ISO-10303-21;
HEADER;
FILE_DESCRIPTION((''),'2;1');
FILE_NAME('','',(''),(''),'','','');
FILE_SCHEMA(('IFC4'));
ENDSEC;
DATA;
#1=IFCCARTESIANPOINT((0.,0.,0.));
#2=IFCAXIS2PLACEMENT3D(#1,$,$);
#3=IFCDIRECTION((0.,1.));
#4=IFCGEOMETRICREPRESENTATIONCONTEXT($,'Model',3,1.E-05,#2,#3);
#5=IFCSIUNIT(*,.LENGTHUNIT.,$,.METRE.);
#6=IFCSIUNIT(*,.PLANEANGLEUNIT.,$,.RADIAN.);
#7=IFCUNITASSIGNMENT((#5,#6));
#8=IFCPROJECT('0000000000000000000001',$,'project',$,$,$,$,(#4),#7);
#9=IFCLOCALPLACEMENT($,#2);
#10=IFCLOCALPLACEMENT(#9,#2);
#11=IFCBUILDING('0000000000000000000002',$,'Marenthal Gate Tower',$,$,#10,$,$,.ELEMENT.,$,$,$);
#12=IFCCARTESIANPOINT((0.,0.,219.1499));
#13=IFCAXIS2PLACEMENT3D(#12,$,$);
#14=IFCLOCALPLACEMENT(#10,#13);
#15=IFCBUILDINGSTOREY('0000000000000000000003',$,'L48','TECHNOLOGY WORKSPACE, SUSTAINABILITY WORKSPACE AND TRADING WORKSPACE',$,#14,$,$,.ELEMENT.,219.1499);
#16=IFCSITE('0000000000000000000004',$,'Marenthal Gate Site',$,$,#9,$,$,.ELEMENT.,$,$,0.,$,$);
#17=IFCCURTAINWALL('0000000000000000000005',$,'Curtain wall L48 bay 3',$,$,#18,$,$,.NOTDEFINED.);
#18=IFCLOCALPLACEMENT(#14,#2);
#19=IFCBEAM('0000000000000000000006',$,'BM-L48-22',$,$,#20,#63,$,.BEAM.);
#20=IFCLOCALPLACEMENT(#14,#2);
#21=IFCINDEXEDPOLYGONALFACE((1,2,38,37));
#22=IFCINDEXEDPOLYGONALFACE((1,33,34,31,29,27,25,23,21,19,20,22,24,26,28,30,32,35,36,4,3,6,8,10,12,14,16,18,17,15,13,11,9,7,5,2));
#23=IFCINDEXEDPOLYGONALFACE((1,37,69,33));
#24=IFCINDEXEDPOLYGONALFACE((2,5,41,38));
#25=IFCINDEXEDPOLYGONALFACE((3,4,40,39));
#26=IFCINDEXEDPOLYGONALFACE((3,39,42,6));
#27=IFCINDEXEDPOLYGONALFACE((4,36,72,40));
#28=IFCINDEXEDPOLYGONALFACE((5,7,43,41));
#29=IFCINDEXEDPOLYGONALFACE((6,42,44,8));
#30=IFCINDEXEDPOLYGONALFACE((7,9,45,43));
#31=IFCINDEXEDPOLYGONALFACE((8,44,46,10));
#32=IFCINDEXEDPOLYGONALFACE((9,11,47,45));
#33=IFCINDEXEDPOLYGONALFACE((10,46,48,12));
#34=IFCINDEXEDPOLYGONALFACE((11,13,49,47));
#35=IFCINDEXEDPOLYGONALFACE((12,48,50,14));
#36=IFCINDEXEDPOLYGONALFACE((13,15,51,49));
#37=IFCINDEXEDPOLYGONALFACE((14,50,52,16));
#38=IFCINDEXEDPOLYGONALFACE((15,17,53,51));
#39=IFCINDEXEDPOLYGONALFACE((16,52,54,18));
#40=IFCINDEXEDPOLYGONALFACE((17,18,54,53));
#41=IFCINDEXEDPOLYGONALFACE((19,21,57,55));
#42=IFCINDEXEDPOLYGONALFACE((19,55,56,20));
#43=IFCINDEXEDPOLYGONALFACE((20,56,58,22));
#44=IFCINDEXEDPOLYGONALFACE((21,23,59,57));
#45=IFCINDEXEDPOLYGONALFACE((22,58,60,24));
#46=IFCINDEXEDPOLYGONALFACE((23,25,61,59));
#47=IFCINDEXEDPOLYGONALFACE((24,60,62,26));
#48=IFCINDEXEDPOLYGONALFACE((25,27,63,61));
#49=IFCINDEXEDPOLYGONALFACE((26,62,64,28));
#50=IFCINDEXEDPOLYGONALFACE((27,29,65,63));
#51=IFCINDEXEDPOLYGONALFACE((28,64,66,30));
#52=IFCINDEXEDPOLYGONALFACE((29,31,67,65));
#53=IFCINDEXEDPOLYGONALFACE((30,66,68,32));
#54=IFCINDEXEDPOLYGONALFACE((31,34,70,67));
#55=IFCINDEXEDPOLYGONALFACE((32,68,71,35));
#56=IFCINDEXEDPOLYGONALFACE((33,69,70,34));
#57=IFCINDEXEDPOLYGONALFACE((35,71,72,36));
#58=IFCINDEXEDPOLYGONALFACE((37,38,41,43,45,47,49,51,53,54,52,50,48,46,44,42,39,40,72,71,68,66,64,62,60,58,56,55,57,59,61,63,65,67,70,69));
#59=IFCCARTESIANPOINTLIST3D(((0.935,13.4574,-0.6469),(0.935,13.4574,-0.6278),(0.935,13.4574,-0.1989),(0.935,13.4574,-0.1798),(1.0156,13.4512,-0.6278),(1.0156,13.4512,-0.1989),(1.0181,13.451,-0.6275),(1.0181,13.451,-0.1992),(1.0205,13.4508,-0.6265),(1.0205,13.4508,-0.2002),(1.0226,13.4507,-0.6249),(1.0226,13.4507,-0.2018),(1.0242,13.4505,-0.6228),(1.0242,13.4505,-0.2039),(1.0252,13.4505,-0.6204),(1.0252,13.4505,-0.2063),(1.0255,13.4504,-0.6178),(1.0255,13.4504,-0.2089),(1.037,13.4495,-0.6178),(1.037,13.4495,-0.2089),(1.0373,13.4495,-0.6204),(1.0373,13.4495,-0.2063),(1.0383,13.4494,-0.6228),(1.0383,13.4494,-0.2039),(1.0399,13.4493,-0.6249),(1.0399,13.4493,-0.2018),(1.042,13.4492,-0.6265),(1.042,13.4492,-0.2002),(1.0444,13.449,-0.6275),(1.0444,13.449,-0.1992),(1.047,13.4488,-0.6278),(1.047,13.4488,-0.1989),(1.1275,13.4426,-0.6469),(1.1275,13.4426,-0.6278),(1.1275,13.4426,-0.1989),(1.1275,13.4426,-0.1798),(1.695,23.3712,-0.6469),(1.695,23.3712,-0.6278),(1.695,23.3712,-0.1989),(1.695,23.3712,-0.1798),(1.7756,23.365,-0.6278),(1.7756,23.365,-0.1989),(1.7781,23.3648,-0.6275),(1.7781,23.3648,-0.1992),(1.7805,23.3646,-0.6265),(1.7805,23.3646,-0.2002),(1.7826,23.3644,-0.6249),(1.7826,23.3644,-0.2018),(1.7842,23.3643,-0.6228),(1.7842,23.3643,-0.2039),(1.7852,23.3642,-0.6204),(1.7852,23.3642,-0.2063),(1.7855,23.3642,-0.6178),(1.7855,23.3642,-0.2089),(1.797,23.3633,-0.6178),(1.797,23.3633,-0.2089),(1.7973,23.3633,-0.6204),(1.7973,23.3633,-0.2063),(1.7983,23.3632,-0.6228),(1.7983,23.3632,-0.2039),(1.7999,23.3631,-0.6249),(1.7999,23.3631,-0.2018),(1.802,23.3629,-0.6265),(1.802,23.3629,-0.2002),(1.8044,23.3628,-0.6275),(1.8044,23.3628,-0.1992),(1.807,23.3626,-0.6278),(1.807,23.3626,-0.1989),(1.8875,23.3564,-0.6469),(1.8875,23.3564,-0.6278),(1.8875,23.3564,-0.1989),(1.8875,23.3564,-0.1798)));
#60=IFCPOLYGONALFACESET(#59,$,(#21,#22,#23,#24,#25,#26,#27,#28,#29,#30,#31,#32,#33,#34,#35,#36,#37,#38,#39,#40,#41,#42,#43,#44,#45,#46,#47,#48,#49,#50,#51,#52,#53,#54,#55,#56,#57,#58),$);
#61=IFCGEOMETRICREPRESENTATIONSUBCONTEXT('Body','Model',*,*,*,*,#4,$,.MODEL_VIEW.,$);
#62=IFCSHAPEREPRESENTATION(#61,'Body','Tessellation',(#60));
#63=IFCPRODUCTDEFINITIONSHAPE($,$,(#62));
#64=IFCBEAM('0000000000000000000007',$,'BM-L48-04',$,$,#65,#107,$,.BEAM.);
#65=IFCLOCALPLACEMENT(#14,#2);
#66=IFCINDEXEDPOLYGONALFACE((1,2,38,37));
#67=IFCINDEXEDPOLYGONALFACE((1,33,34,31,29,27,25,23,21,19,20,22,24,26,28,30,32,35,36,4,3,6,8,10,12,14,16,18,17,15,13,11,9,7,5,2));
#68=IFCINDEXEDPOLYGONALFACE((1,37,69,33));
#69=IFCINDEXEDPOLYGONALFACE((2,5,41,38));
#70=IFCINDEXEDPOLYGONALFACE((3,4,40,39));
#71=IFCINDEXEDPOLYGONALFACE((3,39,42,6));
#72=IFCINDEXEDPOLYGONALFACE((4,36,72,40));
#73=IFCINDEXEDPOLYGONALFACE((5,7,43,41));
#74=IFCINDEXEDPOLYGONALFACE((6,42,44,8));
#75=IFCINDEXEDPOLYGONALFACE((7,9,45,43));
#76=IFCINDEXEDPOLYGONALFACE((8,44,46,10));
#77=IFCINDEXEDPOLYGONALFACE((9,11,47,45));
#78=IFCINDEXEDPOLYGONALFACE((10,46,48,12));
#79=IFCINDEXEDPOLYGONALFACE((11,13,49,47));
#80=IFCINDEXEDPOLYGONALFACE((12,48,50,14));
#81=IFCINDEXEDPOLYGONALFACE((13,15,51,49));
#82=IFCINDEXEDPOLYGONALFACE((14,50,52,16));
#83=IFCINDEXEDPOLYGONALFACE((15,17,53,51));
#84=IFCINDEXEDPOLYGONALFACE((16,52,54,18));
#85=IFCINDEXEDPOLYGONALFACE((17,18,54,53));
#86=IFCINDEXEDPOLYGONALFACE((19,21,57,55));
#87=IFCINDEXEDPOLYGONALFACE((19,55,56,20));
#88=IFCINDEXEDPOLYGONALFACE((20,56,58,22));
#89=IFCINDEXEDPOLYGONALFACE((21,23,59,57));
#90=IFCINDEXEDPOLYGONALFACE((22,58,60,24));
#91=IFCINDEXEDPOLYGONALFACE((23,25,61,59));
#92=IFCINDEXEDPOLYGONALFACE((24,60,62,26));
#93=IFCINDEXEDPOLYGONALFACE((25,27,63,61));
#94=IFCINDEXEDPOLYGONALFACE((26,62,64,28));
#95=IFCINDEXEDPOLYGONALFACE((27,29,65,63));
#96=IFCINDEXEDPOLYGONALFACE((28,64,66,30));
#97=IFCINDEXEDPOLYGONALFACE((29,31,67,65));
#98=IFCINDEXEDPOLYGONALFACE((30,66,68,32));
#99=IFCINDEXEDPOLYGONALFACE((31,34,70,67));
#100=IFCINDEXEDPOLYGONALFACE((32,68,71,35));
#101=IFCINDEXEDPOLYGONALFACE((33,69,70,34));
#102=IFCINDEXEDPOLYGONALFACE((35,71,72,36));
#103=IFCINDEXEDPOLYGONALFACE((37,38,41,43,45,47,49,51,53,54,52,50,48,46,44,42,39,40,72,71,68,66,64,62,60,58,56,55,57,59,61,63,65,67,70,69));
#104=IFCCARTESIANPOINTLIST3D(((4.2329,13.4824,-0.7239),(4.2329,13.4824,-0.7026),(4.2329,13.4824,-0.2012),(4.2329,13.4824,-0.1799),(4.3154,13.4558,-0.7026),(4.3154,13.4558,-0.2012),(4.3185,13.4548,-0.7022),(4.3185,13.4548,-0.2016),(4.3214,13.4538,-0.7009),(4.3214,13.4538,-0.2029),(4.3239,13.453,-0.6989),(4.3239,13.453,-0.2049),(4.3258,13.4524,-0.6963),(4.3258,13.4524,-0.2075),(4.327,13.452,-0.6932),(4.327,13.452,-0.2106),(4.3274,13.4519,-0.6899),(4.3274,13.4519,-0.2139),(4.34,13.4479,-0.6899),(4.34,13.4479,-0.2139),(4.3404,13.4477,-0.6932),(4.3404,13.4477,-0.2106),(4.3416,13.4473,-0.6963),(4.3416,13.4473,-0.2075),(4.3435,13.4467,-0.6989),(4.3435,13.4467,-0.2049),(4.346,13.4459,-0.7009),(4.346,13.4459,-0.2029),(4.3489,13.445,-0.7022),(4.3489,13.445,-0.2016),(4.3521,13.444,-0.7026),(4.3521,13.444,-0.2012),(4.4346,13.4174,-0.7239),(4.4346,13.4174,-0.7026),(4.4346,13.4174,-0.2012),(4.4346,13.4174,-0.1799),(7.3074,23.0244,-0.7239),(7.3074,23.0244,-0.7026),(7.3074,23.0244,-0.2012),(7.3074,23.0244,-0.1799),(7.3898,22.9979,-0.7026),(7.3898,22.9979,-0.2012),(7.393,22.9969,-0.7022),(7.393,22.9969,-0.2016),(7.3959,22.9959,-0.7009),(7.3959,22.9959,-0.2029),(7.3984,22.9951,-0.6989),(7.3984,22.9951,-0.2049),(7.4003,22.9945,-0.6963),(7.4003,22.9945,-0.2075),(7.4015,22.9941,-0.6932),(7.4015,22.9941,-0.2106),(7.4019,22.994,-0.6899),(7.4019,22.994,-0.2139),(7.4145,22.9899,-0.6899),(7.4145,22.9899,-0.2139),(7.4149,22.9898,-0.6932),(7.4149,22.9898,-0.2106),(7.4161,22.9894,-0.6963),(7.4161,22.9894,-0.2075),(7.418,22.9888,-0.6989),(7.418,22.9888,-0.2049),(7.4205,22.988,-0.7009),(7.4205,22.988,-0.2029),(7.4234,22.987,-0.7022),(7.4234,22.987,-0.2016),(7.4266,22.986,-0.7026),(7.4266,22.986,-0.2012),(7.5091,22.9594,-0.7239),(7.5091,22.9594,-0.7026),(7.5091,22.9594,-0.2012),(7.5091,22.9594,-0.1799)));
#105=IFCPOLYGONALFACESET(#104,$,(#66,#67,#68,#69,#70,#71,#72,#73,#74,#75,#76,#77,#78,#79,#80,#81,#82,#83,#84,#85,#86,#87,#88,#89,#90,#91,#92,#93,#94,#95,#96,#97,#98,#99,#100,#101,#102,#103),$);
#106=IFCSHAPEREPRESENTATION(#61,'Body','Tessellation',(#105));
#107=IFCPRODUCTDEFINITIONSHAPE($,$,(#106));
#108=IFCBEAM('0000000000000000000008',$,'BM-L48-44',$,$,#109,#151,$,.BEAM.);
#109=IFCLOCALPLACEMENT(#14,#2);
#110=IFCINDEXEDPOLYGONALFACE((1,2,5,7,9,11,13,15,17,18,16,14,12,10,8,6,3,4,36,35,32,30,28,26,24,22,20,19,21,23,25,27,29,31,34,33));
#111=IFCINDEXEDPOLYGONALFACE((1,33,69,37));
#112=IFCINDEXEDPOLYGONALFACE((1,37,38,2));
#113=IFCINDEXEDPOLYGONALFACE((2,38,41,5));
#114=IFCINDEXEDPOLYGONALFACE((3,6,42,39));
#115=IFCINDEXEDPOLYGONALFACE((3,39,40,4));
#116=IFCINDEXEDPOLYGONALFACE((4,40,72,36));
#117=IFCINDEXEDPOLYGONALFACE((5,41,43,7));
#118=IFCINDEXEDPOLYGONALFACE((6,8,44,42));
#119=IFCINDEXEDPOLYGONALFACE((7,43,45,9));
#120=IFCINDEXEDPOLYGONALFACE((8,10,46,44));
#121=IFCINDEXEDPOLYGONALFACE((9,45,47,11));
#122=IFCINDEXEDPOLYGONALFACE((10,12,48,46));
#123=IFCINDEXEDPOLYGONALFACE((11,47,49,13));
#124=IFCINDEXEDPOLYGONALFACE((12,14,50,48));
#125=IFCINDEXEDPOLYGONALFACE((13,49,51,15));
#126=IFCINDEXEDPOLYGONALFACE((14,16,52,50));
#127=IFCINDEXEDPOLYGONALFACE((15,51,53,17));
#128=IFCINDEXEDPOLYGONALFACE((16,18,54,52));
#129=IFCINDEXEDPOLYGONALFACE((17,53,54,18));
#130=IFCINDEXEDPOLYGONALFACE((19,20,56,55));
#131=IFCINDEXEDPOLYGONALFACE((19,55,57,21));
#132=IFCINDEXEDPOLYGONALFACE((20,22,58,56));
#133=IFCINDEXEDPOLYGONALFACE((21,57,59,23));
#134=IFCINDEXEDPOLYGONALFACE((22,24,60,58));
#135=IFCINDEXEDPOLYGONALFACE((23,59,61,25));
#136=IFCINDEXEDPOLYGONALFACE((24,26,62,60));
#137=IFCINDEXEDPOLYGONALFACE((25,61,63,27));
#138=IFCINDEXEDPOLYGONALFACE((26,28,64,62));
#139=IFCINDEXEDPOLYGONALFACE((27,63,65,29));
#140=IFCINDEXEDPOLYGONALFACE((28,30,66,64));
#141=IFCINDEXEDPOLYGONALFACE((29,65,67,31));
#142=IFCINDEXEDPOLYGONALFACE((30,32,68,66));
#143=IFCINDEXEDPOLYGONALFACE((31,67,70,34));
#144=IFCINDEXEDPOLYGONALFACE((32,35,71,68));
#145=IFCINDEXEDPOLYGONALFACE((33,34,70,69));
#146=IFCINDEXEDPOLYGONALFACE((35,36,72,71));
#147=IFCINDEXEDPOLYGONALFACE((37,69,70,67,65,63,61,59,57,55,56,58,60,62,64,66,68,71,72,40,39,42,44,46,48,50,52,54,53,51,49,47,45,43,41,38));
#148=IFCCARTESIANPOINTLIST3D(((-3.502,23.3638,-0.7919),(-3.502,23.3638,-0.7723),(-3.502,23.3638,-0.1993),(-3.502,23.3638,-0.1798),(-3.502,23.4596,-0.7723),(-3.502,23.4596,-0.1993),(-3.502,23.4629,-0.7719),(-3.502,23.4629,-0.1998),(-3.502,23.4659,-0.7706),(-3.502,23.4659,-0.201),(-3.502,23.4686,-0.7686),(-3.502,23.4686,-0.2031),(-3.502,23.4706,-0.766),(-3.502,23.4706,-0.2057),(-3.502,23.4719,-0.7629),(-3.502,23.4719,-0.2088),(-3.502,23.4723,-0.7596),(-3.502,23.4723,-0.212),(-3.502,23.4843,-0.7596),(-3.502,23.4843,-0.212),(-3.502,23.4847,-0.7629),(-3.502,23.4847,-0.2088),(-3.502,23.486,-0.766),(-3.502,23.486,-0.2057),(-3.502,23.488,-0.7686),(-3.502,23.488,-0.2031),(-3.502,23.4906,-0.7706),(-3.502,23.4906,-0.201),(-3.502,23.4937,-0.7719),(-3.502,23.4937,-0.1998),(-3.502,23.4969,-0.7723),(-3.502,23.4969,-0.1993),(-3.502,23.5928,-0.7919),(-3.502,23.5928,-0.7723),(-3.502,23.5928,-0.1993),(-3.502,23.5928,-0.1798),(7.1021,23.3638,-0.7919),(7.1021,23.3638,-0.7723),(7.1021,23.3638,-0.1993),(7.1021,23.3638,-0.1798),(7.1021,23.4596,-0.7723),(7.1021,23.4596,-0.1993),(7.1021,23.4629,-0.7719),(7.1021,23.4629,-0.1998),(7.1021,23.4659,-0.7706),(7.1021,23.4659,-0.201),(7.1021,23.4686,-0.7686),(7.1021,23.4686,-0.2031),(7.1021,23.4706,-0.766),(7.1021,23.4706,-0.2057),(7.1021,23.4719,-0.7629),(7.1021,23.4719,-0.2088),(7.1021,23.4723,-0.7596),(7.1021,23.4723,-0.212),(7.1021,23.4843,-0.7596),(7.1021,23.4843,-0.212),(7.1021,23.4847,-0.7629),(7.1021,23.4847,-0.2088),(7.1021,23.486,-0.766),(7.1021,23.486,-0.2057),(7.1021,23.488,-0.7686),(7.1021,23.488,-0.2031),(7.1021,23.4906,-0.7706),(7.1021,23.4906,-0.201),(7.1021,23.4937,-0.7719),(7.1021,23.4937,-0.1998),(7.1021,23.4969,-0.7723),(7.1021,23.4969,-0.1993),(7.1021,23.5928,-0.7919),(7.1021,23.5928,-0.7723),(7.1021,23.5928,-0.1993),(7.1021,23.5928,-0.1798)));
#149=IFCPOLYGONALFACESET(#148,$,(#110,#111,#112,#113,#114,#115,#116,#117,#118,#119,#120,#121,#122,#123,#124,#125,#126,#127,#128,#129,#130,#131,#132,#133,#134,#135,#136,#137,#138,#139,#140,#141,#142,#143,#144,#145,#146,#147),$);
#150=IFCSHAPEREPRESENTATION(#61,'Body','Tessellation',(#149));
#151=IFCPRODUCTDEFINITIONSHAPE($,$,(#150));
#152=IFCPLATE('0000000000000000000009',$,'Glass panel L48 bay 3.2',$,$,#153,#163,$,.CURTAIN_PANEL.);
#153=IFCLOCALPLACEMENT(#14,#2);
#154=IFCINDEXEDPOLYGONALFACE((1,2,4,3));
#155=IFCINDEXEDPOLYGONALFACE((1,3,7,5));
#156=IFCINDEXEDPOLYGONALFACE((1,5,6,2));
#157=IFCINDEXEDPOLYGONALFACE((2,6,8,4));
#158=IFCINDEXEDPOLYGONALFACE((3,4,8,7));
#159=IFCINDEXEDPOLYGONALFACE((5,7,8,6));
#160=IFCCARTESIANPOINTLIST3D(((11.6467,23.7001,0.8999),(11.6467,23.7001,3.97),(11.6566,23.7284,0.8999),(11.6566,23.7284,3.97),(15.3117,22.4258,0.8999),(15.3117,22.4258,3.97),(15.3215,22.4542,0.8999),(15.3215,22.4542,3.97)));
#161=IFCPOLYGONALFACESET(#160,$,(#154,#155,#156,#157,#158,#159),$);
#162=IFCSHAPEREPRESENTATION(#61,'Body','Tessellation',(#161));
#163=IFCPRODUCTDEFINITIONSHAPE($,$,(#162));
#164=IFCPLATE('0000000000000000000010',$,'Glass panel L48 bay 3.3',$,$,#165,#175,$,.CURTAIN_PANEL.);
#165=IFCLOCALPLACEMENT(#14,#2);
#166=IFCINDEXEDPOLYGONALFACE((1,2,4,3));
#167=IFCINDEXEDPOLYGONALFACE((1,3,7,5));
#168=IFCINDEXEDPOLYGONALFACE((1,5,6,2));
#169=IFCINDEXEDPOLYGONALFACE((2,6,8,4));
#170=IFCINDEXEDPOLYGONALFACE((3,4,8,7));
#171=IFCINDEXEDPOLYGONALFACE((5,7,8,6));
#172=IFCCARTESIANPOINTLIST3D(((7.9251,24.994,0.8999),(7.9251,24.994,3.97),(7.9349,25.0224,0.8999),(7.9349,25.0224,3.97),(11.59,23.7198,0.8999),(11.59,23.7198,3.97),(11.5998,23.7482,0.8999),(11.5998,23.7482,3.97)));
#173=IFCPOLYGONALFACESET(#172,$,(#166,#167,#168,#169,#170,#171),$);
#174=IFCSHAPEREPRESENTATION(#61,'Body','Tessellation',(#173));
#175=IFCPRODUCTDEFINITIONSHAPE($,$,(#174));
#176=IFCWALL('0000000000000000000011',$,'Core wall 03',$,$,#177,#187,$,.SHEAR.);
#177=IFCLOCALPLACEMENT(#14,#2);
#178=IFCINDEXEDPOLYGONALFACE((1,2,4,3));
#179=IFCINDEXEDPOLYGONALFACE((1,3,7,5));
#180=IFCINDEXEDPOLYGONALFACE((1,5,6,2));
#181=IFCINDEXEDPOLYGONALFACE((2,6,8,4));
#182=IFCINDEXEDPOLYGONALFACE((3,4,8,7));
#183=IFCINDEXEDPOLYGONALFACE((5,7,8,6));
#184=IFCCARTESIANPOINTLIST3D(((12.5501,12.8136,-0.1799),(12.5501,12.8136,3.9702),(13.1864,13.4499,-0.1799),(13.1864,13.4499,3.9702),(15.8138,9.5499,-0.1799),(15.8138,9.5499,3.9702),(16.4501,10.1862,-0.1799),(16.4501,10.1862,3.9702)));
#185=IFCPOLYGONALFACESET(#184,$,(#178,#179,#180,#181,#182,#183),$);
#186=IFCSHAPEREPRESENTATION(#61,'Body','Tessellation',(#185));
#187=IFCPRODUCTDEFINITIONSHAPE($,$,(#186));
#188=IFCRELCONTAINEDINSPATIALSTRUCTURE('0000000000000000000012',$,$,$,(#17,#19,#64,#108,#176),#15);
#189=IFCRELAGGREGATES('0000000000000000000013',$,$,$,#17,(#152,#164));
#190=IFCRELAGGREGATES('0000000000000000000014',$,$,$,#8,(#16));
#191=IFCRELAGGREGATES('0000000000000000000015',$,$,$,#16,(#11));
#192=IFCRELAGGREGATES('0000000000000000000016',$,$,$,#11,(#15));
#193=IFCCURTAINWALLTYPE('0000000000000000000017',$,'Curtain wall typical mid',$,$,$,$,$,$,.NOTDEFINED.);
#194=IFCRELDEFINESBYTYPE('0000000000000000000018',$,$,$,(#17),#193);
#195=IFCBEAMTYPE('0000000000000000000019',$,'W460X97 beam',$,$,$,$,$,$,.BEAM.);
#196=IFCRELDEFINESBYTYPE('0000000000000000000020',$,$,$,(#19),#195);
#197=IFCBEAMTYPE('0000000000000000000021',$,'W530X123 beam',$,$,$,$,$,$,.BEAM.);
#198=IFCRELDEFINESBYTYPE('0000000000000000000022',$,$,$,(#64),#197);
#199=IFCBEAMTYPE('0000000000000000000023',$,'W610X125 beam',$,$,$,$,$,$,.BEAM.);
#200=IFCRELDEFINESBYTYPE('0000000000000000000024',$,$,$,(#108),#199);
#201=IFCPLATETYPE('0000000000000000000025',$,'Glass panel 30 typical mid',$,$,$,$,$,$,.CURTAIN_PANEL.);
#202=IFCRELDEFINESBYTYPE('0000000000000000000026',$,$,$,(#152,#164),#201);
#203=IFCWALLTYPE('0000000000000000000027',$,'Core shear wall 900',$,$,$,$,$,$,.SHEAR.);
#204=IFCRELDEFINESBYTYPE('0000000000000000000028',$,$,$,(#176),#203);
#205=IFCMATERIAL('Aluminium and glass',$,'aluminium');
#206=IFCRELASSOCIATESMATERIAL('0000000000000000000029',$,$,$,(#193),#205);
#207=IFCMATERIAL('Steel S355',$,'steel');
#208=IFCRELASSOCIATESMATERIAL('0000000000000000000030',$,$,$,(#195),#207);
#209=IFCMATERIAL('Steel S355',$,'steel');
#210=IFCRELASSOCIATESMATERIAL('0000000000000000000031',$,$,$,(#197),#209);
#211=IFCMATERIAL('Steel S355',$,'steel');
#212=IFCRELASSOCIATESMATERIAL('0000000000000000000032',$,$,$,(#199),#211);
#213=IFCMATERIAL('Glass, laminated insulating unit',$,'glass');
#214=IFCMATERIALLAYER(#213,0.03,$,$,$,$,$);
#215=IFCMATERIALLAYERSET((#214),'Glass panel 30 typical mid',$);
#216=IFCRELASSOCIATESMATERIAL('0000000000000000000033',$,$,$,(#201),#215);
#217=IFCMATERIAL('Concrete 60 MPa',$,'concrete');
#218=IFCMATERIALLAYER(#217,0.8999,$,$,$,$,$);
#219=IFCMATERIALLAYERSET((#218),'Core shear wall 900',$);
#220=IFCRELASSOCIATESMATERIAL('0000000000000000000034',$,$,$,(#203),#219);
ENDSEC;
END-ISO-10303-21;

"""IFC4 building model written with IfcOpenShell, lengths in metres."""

from ifc_helpers import new_model, si_unit, direction, frame, frame_2d, origin, origin_2d, place, context, subcontext, project, spatial, rectangle, i_section, extrude, material, layer, layer_set, material_profile, profile_set, type_object, element, aggregate, save


model = new_model("IFC4")

# Units and contexts
model_context = context("Model", 3, precision=1e-05, world=origin(), true_north=direction((0.0, 1.0)))
body_context = subcontext(model_context, "Body", "Model", "MODEL_VIEW")
ifc_project = project(units=[si_unit("LENGTHUNIT", "METRE"), si_unit("PLANEANGLEUNIT", "RADIAN")], contexts=[model_context])

# Site, building, storey
site_placement = place(None, origin())
site = spatial("IfcSite", under=ifc_project, at=site_placement, Name="Marenthal Gate Site", CompositionType="ELEMENT", RefElevation=0.0)
building_placement = place(site_placement, origin())
building = spatial("IfcBuilding", under=site, at=building_placement, Name="Marenthal Gate Tower", CompositionType="ELEMENT")
storey_placement = place(building_placement, frame((0.0, 0.0, 219.1499)))
storey = spatial("IfcBuildingStorey", under=building, at=storey_placement, Name="L48", Description="TECHNOLOGY WORKSPACE, SUSTAINABILITY WORKSPACE AND TRADING WORKSPACE", CompositionType="ELEMENT", Elevation=219.1499)

# Curtain wall
ifc_material_1 = material(Name="Aluminium and glass", Category="aluminium")
curtain_wall_type = type_object("IfcCurtainWallType", Name="Curtain wall typical mid", PredefinedType="NOTDEFINED", material=ifc_material_1)
curtain_wall_placement = place(storey_placement, origin())
curtain_wall = element("IfcCurtainWall", 1, at=curtain_wall_placement, inside=storey, type_object=curtain_wall_type, Name="Curtain wall L48 bay 3", PredefinedType="NOTDEFINED")

# Beams
ifc_material_2 = material(Name="Steel S355", Category="steel")
ifc_material_profile_1 = material_profile(ifc_material_2, i_section(OverallWidth=0.1931, OverallDepth=0.467, WebThickness=0.0115, FlangeThickness=0.019, FilletRadius=0.01, at=origin_2d()), Name="W460X97")
ifc_profile_set_1 = profile_set([ifc_material_profile_1], Name="Steel S355")
beam_type_1 = type_object("IfcBeamType", Name="W460X97 beam", PredefinedType="BEAM", material=ifc_profile_set_1)
beam_1_placement = place(storey_placement, frame((1.7913, 23.3638, -0.4133), z_axis=(-0.076437, -0.997074, 0.0), x_axis=(0.997074, -0.076437, 0.0)))
element("IfcBeam", 2, at=beam_1_placement, inside=storey, type_object=beam_type_1, Name="BM-L48-22", PredefinedType="BEAM", context=body_context, shape_type="SweptSolid", body=[
    extrude(i_section(OverallWidth=0.1931, OverallDepth=0.467, WebThickness=0.0115, FlangeThickness=0.019, FilletRadius=0.01, at=origin_2d()), origin(), (0.0, 0.0, 1.0), 9.9429),
])
ifc_material_3 = material(Name="Steel S355", Category="steel")
ifc_material_profile_2 = material_profile(ifc_material_3, i_section(OverallWidth=0.2119, OverallDepth=0.5439, WebThickness=0.0132, FlangeThickness=0.0212, FilletRadius=0.0127, at=origin_2d()), Name="W530X123")
ifc_profile_set_2 = profile_set([ifc_material_profile_2], Name="Steel S355")
beam_type_2 = type_object("IfcBeamType", Name="W530X123 beam", PredefinedType="BEAM", material=ifc_profile_set_2)
beam_2_placement = place(storey_placement, frame((7.4082, 22.9919, -0.4519), z_axis=(-0.306678, -0.951813, 0.0), x_axis=(0.951813, -0.306678, 0.0)))
element("IfcBeam", 3, at=beam_2_placement, inside=storey, type_object=beam_type_2, Name="BM-L48-04", PredefinedType="BEAM", context=body_context, shape_type="SweptSolid", body=[
    extrude(i_section(OverallWidth=0.2119, OverallDepth=0.5439, WebThickness=0.0132, FlangeThickness=0.0212, FilletRadius=0.0127, at=origin_2d()), origin(), (0.0, 0.0, 1.0), 10.0251),
])
ifc_material_4 = material(Name="Steel S355", Category="steel")
ifc_material_profile_3 = material_profile(ifc_material_4, i_section(OverallWidth=0.229, OverallDepth=0.6121, WebThickness=0.012, FlangeThickness=0.0195, FilletRadius=0.0127, at=origin_2d()), Name="W610X125")
ifc_profile_set_3 = profile_set([ifc_material_profile_3], Name="Steel S355")
beam_type_3 = type_object("IfcBeamType", Name="W610X125 beam", PredefinedType="BEAM", material=ifc_profile_set_3)
beam_3_placement = place(storey_placement, frame((7.1021, 23.4783, -0.4858), z_axis=(-1.0, 0.0, 0.0), x_axis=(0.0, -1.0, 0.0)))
element("IfcBeam", 4, at=beam_3_placement, inside=storey, type_object=beam_type_3, Name="BM-L48-44", PredefinedType="BEAM", context=body_context, shape_type="SweptSolid", body=[
    extrude(i_section(OverallWidth=0.229, OverallDepth=0.6121, WebThickness=0.012, FlangeThickness=0.0195, FilletRadius=0.0127, at=origin_2d()), origin(), (0.0, 0.0, 1.0), 10.604),
])

# Plates
ifc_material_5 = material(Name="Glass, laminated insulating unit", Category="glass")
ifc_layer_1 = layer(ifc_material_5, 0.03)
ifc_layer_set_1 = layer_set([ifc_layer_1], Name="Glass panel 30 typical mid")
plate_type = type_object("IfcPlateType", Name="Glass panel 30 typical mid", PredefinedType="CURTAIN_PANEL", material=ifc_layer_set_1)
plate_1_placement = place(storey_placement, frame((13.4841, 23.0771, 0.8999), z_axis=(0.0, 0.0, 1.0), x_axis=(-0.944539, 0.3284, 0.0)))
plate_1 = element("IfcPlate", 5, at=plate_1_placement, type_object=plate_type, Name="Glass panel L48 bay 3.2", PredefinedType="CURTAIN_PANEL", context=body_context, shape_type="SweptSolid", body=[
    extrude(rectangle(XDim=3.8801, YDim=0.03, at=origin_2d()), origin(), (0.0, 0.0, 1.0), 3.0701),
])
plate_2_placement = place(storey_placement, frame((9.7625, 24.3711, 0.8999), z_axis=(0.0, 0.0, 1.0), x_axis=(-0.944539, 0.3284, 0.0)))
plate_2 = element("IfcPlate", 6, at=plate_2_placement, type_object=plate_type, Name="Glass panel L48 bay 3.3", PredefinedType="CURTAIN_PANEL", context=body_context, shape_type="SweptSolid", body=[
    extrude(rectangle(XDim=3.8801, YDim=0.03, at=origin_2d()), origin(), (0.0, 0.0, 1.0), 3.0701),
])
aggregate(curtain_wall, [plate_1, plate_2])

# Wall
ifc_material_6 = material(Name="Concrete 60 MPa", Category="concrete")
ifc_layer_2 = layer(ifc_material_6, 0.8999)
ifc_layer_set_2 = layer_set([ifc_layer_2], Name="Core shear wall 900")
wall_type_1 = type_object("IfcWallType", Name="Core shear wall 900", PredefinedType="SHEAR", material=ifc_layer_set_2)
wall_1_placement = place(storey_placement, frame((16.1318, 9.8682, -0.1799), z_axis=(0.0, 0.0, 1.0), x_axis=(-0.707107, 0.707107, 0.0)))
element("IfcWall", 7, at=wall_1_placement, inside=storey, type_object=wall_type_1, Name="Core wall 03", PredefinedType="SHEAR", context=body_context, shape_type="SweptSolid", body=[
    extrude(rectangle(XDim=4.6155, YDim=0.8999, at=frame_2d((2.3076, 0.0))), origin(), (0.0, 0.0, 1.0), 4.1501),
])

save(model, "model.ifc")
